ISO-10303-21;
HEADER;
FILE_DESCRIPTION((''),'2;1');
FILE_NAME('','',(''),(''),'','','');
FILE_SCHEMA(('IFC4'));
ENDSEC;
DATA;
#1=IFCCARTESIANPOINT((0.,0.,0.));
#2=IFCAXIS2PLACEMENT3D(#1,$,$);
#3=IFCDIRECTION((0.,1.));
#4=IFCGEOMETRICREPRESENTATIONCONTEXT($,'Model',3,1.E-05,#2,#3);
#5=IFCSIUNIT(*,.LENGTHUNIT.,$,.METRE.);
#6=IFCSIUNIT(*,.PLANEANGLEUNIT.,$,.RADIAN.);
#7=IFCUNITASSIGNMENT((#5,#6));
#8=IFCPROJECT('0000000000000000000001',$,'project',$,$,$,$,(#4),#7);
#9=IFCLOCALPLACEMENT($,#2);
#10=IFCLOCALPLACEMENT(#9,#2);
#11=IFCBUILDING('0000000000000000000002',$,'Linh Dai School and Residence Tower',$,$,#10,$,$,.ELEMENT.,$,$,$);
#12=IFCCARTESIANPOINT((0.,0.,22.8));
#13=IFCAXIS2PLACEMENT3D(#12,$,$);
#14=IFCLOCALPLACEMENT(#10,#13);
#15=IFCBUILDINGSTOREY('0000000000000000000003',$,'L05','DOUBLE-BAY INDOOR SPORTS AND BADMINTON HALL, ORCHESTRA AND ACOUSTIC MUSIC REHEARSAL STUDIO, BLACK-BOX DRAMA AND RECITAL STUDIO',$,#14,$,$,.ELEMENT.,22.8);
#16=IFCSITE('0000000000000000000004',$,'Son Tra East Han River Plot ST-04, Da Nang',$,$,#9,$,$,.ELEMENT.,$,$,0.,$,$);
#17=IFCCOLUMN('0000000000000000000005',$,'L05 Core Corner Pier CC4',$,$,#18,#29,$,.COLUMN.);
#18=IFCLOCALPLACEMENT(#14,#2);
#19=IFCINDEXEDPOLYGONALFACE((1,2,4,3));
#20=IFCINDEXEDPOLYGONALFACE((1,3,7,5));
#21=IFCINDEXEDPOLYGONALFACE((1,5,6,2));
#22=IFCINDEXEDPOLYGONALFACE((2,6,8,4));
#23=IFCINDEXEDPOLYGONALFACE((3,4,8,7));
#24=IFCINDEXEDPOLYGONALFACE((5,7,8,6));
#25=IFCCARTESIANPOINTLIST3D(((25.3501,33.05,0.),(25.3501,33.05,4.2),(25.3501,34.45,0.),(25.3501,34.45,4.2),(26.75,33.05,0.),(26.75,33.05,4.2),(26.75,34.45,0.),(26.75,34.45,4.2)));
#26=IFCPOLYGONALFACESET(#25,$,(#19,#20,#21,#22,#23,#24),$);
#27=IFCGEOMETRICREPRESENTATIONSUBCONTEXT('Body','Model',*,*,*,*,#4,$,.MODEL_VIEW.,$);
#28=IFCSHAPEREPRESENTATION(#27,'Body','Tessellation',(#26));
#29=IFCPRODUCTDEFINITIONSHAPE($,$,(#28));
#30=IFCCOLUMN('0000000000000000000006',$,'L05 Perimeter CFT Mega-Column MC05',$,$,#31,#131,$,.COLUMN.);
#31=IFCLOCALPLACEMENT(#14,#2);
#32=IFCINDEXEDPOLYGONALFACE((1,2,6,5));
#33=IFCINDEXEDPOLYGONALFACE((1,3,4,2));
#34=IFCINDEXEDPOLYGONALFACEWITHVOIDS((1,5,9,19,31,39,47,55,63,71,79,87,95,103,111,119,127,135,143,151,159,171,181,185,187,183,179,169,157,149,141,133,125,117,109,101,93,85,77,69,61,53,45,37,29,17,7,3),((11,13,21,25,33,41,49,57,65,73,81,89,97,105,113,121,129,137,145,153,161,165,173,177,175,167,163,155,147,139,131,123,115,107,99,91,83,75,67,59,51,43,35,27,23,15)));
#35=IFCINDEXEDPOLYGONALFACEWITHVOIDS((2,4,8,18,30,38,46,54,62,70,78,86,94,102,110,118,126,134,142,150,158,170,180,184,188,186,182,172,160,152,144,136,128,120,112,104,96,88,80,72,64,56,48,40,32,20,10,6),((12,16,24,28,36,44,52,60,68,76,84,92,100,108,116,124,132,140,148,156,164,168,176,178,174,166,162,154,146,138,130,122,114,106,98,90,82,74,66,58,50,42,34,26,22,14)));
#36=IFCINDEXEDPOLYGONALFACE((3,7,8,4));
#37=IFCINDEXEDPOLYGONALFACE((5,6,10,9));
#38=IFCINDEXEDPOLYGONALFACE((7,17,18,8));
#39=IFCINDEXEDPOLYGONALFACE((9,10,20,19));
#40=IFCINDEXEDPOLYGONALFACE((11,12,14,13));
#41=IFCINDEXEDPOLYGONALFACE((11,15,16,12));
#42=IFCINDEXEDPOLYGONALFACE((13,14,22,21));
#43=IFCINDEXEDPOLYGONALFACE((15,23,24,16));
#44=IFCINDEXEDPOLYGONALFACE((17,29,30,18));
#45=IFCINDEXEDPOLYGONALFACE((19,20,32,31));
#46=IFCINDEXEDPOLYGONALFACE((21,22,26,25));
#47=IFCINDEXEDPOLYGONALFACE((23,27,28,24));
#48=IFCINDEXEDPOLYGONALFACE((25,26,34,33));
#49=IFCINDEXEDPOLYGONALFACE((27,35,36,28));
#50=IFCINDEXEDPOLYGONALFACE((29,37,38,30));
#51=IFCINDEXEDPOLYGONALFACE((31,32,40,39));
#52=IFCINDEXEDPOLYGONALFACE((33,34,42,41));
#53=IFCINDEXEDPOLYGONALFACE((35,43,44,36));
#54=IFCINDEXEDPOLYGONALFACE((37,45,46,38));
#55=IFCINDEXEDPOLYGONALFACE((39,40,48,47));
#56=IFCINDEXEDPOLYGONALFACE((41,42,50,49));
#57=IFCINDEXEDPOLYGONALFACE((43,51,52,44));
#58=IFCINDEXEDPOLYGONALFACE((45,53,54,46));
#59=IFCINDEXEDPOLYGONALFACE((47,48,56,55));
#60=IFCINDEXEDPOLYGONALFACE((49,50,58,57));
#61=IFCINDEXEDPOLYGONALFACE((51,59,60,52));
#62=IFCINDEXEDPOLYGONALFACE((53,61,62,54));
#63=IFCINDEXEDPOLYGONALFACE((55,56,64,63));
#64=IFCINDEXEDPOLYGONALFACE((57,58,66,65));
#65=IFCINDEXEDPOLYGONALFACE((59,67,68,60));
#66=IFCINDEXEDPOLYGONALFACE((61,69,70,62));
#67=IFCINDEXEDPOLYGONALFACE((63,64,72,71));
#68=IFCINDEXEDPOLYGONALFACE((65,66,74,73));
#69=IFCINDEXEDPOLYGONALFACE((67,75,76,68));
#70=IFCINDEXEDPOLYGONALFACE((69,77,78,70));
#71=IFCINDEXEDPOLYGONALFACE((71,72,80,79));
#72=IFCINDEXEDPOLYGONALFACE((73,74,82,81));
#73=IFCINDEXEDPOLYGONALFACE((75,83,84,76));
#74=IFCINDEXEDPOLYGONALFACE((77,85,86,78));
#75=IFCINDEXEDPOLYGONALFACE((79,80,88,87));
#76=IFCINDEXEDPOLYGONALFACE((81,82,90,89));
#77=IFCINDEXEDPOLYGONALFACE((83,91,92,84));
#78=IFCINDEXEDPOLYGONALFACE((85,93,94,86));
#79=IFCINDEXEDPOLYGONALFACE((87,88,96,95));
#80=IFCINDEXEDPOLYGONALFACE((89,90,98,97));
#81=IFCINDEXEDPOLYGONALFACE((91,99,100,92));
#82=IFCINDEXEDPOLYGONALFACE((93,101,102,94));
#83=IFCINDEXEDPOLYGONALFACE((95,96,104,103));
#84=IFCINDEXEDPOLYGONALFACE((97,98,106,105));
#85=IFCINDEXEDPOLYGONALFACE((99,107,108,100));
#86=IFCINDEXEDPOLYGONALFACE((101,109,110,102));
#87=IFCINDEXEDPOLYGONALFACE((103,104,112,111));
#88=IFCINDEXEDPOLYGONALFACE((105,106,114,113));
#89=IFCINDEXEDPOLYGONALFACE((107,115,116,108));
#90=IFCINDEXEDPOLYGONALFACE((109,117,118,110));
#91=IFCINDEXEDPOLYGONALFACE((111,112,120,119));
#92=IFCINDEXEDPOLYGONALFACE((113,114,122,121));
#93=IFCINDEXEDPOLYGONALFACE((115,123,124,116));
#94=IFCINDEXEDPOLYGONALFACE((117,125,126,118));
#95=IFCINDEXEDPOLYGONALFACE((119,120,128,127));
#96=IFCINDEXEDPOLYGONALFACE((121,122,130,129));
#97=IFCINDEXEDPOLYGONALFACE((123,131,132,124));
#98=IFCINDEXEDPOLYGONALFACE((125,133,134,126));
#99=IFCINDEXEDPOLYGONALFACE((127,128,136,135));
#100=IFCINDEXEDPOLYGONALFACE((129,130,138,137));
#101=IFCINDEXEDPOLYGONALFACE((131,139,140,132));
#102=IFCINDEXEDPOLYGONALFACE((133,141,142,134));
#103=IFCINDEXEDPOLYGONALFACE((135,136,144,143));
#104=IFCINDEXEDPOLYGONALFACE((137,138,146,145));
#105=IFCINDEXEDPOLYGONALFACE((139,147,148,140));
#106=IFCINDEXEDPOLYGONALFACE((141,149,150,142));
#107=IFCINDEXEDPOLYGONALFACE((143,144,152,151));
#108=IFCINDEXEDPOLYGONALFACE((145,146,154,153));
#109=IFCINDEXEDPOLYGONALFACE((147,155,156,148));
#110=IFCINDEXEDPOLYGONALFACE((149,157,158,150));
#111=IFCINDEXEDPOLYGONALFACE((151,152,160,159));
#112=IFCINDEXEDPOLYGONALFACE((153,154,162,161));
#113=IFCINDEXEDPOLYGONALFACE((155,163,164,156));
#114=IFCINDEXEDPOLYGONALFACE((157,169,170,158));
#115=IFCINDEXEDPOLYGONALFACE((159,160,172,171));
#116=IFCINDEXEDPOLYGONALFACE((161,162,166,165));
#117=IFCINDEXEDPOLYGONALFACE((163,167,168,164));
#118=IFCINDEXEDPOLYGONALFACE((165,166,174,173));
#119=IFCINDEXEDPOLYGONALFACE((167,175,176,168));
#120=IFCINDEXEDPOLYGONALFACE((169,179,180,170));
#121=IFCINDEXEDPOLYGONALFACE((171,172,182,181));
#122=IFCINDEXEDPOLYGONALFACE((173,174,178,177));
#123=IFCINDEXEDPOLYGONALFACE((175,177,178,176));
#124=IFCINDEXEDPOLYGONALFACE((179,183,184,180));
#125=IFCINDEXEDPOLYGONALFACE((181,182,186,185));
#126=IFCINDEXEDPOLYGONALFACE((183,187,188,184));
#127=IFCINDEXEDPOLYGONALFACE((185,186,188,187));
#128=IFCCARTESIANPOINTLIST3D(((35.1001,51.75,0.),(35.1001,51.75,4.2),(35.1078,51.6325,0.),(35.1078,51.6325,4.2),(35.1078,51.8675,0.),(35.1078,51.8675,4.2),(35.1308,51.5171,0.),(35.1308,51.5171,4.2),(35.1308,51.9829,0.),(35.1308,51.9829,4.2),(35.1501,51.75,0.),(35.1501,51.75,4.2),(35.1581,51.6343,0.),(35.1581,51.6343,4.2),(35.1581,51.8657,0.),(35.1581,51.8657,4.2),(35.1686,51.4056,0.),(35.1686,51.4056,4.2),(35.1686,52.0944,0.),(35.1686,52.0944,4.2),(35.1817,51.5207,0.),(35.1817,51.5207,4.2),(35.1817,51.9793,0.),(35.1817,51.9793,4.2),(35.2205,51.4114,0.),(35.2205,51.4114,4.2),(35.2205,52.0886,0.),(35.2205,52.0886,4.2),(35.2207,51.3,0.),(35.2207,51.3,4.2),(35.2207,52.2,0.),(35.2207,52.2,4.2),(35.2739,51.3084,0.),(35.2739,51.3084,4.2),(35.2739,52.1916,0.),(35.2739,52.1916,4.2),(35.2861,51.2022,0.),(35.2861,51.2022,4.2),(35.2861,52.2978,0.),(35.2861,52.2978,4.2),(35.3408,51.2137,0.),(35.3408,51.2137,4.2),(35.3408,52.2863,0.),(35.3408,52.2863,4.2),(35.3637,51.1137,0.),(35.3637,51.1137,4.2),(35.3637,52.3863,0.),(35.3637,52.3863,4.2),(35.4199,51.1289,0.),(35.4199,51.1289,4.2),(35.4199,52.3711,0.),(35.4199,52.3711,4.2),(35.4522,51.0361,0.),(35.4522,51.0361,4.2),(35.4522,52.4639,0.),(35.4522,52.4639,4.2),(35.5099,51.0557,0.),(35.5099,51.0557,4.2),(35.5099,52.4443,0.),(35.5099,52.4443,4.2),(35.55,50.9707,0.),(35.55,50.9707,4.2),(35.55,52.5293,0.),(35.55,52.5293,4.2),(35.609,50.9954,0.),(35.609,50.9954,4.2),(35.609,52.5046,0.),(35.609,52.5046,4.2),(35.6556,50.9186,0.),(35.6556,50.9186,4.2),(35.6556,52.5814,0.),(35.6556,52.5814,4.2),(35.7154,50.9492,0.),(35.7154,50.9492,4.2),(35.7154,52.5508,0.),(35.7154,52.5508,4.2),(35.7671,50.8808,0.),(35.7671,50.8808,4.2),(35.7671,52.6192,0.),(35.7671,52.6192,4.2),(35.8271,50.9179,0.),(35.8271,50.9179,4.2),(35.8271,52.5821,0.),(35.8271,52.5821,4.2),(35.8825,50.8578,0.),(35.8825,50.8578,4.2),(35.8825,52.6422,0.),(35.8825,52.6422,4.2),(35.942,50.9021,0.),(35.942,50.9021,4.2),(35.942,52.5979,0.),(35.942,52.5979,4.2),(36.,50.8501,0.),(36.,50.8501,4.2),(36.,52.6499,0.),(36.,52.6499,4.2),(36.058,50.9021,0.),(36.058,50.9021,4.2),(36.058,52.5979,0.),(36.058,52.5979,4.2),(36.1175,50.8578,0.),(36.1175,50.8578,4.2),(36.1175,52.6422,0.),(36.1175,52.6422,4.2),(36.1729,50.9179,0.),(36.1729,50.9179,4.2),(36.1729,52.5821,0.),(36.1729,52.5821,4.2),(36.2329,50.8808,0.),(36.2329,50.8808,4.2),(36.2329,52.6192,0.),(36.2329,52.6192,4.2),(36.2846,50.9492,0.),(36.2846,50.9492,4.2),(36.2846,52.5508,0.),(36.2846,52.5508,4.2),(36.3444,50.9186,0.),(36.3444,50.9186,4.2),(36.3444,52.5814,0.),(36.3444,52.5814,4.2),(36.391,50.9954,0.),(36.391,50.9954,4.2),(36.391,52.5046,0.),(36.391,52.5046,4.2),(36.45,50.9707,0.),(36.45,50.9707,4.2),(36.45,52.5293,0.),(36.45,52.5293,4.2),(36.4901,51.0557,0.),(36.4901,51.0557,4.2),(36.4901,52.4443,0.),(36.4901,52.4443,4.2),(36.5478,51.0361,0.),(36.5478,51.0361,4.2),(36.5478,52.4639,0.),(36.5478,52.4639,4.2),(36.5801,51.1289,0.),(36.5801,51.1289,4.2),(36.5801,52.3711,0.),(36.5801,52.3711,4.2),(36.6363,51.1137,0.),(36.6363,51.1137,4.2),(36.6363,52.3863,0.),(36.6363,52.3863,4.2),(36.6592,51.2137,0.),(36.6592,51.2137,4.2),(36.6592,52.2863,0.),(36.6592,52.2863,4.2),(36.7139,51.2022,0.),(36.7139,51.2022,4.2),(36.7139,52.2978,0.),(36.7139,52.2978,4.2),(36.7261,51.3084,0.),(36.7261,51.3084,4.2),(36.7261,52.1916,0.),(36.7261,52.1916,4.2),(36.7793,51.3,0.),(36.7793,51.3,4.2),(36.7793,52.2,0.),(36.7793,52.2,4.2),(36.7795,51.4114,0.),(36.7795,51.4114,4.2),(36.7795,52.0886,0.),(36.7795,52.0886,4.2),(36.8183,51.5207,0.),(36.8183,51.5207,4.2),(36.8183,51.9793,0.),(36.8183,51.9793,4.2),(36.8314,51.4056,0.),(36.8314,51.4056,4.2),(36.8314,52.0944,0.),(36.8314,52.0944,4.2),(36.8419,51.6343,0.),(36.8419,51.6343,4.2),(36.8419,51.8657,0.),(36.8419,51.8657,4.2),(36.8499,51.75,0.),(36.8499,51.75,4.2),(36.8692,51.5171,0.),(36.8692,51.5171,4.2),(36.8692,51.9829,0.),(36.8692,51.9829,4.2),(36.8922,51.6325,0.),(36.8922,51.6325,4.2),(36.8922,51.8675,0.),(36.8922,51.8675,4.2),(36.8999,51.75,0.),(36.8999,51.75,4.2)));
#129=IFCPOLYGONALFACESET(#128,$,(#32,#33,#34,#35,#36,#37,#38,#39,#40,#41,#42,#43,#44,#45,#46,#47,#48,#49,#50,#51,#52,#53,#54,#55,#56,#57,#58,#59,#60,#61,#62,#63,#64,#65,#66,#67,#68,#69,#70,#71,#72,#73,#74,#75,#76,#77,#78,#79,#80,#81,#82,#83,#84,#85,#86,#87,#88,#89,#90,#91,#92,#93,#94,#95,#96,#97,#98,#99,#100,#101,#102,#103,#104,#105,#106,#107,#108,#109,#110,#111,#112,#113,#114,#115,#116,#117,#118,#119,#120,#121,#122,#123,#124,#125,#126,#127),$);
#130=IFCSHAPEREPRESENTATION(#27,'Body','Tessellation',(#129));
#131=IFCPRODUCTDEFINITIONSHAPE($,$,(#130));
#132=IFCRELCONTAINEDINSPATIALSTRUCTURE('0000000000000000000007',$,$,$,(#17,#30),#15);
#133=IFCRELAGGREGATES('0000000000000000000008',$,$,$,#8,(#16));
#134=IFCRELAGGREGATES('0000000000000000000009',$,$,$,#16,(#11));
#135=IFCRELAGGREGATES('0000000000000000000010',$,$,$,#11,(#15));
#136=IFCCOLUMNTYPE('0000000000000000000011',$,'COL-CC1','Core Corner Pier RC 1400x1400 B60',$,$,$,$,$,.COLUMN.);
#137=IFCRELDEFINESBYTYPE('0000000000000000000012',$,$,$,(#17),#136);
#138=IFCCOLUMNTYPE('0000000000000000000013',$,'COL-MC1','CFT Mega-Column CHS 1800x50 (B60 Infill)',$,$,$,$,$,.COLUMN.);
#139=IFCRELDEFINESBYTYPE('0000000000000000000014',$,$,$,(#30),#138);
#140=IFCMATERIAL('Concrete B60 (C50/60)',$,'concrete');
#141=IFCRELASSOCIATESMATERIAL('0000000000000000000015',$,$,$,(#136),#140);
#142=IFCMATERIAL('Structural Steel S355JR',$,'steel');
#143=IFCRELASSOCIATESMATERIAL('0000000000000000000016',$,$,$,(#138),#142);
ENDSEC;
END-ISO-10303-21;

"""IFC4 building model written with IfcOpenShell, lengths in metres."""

from ifc_helpers import new_model, si_unit, direction, frame, origin, origin_2d, place, context, subcontext, project, spatial, rectangle, hollow_circle, extrude, material, material_profile, profile_set, type_object, element, save


model = new_model("IFC4")

# Units and contexts
model_context = context("Model", 3, precision=1e-05, world=origin(), true_north=direction((0.0, 1.0)))
body_context = subcontext(model_context, "Body", "Model", "MODEL_VIEW")
ifc_project = project(units=[si_unit("LENGTHUNIT", "METRE"), si_unit("PLANEANGLEUNIT", "RADIAN")], contexts=[model_context])

# Site, building, storey
site_placement = place(None, origin())
site = spatial("IfcSite", under=ifc_project, at=site_placement, Name="Son Tra East Han River Plot ST-04, Da Nang", CompositionType="ELEMENT", RefElevation=0.0)
building_placement = place(site_placement, origin())
building = spatial("IfcBuilding", under=site, at=building_placement, Name="Linh Dai School and Residence Tower", CompositionType="ELEMENT")
storey_placement = place(building_placement, frame((0.0, 0.0, 22.8)))
storey = spatial("IfcBuildingStorey", under=building, at=storey_placement, Name="L05", Description="DOUBLE-BAY INDOOR SPORTS AND BADMINTON HALL, ORCHESTRA AND ACOUSTIC MUSIC REHEARSAL STUDIO, BLACK-BOX DRAMA AND RECITAL STUDIO", CompositionType="ELEMENT", Elevation=22.8)

# Columns
ifc_material_1 = material(Name="Concrete B60 (C50/60)", Category="concrete")
ifc_material_profile_1 = material_profile(ifc_material_1, rectangle(XDim=1.3999, YDim=1.3999, at=origin_2d()), Name="RC 1400x1400")
ifc_profile_set_1 = profile_set([ifc_material_profile_1], Name="Concrete B60 (C50/60)")
column_type_1 = type_object("IfcColumnType", Name="COL-CC1", Description="Core Corner Pier RC 1400x1400 B60", PredefinedType="COLUMN", material=ifc_profile_set_1)
column_placement = place(storey_placement, frame((26.05, 33.75, 0.0), z_axis=(0.0, 0.0, 1.0), x_axis=(1.0, 0.0, 0.0)))
element("IfcColumn", 1, at=column_placement, inside=storey, type_object=column_type_1, Name="L05 Core Corner Pier CC4", PredefinedType="COLUMN", context=body_context, shape_type="SweptSolid", body=[
    extrude(rectangle(XDim=1.3999, YDim=1.3999, at=origin_2d()), origin(), (0.0, 0.0, 1.0), 4.2),
])
ifc_material_2 = material(Name="Structural Steel S355JR", Category="steel")
ifc_material_profile_2 = material_profile(ifc_material_2, hollow_circle(Radius=0.8999, WallThickness=0.05, at=origin_2d()), Name="CHS 1800x50")
ifc_profile_set_2 = profile_set([ifc_material_profile_2], Name="Structural Steel S355JR")
column_type_2 = type_object("IfcColumnType", Name="COL-MC1", Description="CFT Mega-Column CHS 1800x50 (B60 Infill)", PredefinedType="COLUMN", material=ifc_profile_set_2)
for number, where, z_axis, x_axis, name in (
    (2, (36.0, 51.75, 0.0), (0.0, 0.0, 1.0), (1.0, 0.0, 0.0), "L05 Perimeter CFT Mega-Column MC05"),
):
    element("IfcColumn", number, at=place(storey_placement, frame(where, z_axis=z_axis, x_axis=x_axis)), inside=storey, type_object=column_type_2, Name=name, PredefinedType="COLUMN", context=body_context, shape_type="SweptSolid", body=[
        extrude(hollow_circle(Radius=0.8999, WallThickness=0.05, at=origin_2d()), origin(), (0.0, 0.0, 1.0), 4.2),
    ])

save(model, "model.ifc")
